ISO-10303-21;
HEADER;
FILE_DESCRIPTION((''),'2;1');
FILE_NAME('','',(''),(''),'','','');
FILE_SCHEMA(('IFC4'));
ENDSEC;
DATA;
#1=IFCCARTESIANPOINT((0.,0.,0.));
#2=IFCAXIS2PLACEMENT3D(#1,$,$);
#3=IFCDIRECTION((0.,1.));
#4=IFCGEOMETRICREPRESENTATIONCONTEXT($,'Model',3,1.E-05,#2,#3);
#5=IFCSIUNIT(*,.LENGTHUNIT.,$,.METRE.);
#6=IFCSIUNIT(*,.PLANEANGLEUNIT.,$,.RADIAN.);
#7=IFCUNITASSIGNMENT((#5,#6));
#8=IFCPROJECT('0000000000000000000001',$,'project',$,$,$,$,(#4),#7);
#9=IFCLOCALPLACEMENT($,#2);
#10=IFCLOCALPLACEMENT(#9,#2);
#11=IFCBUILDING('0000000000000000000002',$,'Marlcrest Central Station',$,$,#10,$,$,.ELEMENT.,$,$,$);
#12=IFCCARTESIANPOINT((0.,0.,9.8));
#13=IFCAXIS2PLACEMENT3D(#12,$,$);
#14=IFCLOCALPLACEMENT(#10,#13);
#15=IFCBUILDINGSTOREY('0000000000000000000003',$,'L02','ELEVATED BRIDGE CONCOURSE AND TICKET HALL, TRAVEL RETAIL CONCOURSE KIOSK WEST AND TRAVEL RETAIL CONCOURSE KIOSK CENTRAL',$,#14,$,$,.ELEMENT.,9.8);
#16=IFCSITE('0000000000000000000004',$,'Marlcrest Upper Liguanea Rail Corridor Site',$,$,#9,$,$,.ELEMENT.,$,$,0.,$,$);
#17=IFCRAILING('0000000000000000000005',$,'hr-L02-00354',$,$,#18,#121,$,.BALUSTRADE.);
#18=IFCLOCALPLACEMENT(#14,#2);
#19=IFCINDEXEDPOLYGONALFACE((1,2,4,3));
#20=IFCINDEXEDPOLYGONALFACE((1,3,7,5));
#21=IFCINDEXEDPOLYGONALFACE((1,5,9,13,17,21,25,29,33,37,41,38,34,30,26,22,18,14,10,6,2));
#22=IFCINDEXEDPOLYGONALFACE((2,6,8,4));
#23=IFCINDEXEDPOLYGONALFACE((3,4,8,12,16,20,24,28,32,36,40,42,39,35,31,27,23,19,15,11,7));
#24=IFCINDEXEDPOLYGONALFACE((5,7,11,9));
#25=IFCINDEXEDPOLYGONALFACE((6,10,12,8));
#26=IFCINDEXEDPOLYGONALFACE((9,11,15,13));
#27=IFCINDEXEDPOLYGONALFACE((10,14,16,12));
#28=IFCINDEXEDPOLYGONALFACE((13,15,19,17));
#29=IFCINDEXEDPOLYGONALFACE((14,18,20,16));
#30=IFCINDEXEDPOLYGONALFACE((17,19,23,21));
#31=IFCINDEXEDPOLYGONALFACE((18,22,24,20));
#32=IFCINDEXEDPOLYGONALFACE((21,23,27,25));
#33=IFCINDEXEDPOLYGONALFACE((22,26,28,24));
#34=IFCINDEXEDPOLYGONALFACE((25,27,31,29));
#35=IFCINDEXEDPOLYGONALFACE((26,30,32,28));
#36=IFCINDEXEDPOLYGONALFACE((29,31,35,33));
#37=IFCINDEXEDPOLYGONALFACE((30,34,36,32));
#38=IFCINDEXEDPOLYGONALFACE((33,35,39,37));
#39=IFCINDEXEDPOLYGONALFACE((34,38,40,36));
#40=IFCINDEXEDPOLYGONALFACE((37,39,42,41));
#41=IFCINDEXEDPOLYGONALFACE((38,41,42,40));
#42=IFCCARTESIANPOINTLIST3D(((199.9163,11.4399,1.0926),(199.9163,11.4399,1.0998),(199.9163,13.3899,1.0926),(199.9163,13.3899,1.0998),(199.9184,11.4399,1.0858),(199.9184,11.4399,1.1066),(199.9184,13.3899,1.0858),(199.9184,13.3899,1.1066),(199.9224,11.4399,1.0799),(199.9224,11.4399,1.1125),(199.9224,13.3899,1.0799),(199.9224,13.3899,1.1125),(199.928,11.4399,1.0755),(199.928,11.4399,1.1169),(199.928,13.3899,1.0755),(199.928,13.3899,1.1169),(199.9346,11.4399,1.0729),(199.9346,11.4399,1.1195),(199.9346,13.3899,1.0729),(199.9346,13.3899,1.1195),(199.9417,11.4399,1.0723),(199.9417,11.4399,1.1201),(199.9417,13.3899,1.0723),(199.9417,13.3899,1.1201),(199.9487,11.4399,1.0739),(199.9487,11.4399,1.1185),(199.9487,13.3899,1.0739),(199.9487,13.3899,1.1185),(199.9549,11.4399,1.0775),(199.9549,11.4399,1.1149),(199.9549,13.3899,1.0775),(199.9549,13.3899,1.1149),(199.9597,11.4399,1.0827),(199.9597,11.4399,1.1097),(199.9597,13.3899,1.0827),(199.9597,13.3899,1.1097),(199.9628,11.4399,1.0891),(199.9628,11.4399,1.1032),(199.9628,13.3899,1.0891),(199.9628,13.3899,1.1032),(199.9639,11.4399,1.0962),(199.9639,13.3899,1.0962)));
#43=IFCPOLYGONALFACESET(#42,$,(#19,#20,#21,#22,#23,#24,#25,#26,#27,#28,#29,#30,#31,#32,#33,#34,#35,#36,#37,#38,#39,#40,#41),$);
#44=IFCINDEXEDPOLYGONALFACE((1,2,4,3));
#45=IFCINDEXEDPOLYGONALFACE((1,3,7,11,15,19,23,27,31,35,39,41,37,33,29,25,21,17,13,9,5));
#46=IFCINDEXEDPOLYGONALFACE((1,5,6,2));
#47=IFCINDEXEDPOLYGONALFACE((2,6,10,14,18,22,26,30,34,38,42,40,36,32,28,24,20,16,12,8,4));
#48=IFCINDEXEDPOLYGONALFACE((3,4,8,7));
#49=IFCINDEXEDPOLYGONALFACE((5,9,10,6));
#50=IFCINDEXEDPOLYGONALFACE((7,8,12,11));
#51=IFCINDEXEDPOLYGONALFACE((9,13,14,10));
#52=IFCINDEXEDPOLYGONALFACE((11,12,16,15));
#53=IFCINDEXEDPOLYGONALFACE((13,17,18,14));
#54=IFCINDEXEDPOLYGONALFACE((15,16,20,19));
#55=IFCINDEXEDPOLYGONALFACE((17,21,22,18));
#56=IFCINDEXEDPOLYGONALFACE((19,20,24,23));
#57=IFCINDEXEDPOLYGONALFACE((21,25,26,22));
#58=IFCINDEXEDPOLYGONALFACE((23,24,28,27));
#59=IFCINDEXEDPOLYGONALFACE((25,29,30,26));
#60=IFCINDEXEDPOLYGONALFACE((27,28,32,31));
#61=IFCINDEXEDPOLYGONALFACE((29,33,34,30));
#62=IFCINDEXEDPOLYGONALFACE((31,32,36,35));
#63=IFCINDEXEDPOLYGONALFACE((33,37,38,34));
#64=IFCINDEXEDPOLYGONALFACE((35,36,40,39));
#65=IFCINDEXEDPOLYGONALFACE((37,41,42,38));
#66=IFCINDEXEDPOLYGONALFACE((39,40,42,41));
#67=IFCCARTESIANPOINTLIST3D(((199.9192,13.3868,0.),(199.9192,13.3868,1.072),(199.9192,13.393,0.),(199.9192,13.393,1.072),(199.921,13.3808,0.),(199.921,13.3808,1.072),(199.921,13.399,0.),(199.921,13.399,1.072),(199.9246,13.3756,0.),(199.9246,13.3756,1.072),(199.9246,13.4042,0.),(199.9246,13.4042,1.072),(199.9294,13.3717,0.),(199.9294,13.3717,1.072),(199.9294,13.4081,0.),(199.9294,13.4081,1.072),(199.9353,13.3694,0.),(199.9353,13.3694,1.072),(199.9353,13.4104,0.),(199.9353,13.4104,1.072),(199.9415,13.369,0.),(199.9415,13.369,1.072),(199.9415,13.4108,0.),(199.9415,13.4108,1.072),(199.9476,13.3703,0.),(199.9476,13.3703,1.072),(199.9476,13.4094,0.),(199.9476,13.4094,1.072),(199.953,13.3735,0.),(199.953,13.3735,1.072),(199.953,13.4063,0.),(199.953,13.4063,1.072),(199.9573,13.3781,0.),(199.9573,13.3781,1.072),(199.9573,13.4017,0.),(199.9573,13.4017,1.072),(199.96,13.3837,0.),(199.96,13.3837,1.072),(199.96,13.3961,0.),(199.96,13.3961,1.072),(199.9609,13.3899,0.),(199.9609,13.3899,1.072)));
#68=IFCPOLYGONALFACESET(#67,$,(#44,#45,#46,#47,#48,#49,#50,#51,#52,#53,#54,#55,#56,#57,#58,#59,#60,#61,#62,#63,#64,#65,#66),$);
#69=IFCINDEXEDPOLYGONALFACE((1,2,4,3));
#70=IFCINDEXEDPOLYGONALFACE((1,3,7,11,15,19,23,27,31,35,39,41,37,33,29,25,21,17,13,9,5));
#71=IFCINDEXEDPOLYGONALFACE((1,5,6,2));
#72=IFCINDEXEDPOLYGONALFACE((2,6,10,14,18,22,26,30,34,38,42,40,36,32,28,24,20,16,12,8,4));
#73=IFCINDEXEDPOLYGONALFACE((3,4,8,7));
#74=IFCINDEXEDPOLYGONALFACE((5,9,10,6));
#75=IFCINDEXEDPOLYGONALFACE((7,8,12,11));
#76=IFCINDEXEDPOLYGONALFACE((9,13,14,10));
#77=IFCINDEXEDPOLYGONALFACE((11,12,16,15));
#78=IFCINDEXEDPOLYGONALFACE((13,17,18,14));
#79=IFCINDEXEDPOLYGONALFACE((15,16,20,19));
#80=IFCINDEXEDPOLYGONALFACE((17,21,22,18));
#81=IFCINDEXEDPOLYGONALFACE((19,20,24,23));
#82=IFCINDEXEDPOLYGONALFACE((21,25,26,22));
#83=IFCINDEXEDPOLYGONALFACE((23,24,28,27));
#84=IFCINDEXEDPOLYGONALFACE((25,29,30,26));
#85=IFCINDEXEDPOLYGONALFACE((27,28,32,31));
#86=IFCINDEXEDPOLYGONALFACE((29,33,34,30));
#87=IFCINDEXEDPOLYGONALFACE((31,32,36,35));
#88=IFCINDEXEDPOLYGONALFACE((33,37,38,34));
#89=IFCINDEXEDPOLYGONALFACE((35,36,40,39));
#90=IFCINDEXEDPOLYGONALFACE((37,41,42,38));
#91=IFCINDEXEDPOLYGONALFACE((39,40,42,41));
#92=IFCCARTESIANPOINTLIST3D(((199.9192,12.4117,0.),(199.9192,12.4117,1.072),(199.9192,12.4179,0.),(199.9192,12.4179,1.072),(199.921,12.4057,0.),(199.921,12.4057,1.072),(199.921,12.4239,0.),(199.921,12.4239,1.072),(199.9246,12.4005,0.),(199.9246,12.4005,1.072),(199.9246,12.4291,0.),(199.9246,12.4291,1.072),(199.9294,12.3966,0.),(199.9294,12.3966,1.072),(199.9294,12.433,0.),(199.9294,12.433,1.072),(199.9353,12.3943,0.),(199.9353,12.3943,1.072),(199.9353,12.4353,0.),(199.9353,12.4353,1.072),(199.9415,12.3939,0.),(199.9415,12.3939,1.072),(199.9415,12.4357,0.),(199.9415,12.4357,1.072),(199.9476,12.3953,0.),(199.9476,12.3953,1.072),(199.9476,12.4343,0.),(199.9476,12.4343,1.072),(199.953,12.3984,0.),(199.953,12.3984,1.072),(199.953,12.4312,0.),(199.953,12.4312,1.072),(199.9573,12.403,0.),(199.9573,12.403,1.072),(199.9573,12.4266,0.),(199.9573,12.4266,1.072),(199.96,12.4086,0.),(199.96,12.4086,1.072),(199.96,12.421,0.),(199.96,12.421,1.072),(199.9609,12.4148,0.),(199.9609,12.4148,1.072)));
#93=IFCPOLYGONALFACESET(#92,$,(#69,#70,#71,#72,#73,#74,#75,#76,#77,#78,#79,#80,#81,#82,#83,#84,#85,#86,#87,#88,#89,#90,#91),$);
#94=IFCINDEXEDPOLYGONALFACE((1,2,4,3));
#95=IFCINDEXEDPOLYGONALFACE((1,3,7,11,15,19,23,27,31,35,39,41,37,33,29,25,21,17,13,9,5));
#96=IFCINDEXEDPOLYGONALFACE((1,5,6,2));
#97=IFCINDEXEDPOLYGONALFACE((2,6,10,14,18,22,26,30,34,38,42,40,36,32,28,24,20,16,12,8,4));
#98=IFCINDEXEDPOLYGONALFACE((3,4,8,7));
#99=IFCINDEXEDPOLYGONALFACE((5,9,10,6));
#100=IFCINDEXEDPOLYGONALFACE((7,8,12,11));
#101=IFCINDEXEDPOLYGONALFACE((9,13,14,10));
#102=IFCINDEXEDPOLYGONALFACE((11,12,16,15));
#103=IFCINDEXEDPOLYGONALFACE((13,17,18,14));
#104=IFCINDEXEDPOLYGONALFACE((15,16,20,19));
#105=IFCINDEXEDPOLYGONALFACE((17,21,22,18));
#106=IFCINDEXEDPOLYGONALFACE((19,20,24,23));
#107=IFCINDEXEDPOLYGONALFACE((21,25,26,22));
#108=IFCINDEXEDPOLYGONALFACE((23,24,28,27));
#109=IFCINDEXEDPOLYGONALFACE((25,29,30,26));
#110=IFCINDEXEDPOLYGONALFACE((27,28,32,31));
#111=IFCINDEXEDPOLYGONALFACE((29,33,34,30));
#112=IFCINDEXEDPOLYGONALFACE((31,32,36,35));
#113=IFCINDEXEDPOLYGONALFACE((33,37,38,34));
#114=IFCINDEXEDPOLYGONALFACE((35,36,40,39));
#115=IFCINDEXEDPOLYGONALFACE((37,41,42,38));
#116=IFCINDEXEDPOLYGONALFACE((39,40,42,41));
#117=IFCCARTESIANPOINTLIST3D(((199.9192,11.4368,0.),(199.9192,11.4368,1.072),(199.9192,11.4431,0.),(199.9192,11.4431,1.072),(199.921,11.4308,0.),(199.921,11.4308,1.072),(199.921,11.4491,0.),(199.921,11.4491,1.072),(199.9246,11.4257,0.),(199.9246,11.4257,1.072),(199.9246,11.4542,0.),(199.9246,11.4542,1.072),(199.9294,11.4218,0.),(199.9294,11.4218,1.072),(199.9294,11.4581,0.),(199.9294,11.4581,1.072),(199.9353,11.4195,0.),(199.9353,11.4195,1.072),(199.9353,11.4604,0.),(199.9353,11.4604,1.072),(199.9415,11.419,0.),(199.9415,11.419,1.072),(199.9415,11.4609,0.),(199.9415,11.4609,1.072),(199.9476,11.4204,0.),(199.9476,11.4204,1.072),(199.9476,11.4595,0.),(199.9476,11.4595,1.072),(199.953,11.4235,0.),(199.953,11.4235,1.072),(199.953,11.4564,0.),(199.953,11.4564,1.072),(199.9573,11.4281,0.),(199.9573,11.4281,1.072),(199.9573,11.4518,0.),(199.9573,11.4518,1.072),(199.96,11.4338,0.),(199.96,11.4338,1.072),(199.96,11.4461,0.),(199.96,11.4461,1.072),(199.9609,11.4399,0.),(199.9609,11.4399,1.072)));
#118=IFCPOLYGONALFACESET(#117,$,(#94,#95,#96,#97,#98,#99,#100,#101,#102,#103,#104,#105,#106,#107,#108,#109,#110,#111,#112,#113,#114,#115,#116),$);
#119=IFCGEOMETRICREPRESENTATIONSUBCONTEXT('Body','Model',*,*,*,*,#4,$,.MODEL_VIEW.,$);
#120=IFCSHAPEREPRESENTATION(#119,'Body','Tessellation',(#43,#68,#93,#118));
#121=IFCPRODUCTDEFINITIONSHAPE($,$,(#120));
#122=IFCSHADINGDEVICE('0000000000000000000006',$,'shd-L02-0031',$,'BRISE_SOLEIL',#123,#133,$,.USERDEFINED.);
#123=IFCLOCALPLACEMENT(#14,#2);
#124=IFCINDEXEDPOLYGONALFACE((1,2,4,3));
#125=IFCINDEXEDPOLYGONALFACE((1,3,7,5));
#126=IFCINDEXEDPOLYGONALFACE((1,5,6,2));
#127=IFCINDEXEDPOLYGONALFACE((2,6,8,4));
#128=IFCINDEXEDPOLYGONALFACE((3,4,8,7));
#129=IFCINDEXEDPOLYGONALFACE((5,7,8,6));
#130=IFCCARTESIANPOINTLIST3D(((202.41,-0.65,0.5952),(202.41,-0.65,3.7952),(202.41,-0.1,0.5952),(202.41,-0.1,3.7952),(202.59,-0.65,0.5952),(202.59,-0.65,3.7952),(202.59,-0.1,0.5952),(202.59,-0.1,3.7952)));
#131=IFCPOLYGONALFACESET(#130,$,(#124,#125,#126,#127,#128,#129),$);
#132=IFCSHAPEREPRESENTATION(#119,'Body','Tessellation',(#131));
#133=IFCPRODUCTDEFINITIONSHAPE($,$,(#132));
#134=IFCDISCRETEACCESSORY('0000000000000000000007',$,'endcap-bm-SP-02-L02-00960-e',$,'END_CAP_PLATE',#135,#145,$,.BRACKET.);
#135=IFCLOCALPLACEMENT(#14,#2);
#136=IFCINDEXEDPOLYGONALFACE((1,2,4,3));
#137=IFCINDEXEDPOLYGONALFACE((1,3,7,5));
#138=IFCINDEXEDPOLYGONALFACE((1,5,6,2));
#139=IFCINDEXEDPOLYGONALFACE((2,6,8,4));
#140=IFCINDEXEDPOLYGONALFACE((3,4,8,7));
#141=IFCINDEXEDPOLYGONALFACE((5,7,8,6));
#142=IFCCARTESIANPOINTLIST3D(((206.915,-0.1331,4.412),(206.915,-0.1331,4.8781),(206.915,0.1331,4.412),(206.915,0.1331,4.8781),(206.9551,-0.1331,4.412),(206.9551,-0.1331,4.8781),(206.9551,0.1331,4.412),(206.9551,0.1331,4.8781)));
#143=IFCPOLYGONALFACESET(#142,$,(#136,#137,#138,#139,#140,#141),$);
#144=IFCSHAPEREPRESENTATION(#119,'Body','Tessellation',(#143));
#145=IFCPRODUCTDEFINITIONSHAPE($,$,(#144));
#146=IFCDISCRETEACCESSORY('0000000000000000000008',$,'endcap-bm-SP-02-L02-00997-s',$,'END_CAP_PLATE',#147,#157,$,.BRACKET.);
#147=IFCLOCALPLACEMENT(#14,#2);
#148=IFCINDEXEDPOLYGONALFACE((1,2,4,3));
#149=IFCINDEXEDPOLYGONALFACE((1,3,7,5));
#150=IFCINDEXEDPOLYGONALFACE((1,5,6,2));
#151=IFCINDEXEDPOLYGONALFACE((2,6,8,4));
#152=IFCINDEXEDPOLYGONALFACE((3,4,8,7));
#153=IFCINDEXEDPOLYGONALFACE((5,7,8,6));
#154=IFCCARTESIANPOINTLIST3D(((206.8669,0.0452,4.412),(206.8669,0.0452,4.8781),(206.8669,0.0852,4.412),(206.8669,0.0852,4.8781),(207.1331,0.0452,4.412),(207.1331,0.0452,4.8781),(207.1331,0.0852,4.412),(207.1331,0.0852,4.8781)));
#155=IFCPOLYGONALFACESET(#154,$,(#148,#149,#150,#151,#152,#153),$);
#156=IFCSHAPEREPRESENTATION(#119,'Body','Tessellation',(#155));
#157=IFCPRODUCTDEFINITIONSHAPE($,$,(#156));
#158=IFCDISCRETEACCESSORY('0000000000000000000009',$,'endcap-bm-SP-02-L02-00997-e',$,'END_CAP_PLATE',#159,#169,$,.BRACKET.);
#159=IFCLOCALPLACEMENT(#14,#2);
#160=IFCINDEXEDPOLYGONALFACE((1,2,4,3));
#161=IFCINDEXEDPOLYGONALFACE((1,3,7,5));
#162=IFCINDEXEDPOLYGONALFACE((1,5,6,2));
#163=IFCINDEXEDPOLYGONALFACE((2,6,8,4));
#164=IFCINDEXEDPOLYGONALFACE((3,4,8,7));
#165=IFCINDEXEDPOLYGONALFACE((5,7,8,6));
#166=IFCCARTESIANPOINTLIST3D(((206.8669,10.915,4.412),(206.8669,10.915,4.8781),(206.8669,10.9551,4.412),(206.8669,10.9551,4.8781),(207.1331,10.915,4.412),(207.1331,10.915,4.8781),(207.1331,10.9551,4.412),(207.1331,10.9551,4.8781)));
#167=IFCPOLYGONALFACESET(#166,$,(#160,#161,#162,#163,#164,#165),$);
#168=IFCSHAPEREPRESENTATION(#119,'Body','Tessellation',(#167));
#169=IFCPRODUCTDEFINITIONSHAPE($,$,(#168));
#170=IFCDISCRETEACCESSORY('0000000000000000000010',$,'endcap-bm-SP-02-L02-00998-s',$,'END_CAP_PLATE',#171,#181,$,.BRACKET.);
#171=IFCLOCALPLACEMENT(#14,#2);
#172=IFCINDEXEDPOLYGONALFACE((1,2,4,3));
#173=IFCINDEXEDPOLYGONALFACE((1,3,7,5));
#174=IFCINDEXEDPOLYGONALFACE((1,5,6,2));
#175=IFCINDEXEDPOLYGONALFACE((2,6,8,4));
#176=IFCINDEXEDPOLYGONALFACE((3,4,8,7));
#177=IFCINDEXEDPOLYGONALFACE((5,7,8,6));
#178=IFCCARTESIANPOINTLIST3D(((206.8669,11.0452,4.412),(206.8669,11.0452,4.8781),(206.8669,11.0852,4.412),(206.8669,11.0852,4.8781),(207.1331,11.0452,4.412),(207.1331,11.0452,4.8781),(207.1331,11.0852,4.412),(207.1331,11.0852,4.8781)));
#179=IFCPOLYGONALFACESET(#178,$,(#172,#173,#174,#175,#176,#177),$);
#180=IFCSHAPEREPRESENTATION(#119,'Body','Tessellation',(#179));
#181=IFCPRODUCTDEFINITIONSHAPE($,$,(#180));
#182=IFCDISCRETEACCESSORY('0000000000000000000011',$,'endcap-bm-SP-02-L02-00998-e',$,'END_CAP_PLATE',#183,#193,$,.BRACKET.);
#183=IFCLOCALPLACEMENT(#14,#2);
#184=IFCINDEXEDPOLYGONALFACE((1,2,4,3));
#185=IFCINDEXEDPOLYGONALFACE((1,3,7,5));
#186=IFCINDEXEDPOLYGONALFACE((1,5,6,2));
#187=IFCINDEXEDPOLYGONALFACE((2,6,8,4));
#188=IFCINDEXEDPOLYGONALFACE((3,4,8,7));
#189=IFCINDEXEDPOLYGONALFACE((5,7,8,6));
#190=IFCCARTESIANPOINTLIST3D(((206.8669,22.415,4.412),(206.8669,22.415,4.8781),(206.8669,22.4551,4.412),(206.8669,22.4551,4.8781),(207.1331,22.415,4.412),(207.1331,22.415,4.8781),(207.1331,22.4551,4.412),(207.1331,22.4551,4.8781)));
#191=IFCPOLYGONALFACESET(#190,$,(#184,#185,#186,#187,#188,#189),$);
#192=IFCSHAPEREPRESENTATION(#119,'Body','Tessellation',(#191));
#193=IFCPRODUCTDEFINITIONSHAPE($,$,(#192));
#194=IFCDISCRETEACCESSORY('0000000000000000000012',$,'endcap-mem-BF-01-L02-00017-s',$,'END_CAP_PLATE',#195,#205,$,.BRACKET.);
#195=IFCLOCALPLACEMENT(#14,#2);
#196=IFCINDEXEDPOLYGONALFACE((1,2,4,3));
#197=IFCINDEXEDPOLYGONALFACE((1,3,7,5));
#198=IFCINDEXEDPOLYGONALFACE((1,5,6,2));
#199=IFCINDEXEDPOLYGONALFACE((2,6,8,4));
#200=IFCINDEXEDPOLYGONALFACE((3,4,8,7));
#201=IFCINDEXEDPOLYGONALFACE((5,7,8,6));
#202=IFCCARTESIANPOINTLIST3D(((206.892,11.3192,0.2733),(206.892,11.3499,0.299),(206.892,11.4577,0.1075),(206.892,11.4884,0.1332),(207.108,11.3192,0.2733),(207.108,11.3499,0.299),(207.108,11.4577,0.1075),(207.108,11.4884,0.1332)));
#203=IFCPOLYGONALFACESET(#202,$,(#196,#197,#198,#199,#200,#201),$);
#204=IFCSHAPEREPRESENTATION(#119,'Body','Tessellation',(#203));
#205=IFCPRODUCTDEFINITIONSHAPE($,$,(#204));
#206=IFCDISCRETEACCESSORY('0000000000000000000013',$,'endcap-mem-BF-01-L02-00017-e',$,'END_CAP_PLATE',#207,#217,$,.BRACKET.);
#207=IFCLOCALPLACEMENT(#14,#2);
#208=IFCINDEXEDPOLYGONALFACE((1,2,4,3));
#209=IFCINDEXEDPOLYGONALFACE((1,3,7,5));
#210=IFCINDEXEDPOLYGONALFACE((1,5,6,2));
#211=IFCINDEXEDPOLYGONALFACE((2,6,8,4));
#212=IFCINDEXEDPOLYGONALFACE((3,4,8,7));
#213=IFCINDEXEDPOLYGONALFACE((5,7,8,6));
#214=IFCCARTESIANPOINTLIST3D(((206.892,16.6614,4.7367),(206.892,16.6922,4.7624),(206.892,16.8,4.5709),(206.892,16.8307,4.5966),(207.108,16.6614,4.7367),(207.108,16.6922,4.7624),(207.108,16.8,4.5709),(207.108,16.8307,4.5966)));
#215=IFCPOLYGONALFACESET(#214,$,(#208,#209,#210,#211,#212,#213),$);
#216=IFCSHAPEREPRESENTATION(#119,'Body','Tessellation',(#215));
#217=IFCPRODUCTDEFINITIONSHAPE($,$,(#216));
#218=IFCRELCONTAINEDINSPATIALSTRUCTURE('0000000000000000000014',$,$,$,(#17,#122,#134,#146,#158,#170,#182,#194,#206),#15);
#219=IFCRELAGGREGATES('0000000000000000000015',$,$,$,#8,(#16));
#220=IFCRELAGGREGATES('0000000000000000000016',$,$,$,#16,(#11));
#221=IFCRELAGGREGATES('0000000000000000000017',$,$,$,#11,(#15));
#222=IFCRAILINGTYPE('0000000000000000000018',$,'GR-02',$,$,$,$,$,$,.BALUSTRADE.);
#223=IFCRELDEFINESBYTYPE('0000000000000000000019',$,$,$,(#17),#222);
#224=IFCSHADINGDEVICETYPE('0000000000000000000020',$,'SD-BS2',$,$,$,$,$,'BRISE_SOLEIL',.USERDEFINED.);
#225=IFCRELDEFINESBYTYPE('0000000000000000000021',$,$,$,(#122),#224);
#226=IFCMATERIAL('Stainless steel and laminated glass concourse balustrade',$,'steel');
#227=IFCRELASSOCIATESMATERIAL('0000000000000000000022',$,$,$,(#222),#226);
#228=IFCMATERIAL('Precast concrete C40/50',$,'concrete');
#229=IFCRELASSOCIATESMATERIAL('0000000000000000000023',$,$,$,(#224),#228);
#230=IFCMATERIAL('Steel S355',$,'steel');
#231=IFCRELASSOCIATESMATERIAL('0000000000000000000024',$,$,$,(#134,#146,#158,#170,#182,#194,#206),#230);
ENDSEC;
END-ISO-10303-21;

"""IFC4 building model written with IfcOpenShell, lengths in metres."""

from ifc_helpers import new_model, si_unit, direction, frame, origin, origin_2d, place, context, subcontext, project, spatial, rectangle, circle, extrude, material, type_object, element, save


model = new_model("IFC4")

# Units and contexts
model_context = context("Model", 3, precision=1e-05, world=origin(), true_north=direction((0.0, 1.0)))
body_context = subcontext(model_context, "Body", "Model", "MODEL_VIEW")
ifc_project = project(units=[si_unit("LENGTHUNIT", "METRE"), si_unit("PLANEANGLEUNIT", "RADIAN")], contexts=[model_context])

# Site, building, storey
site_placement = place(None, origin())
site = spatial("IfcSite", under=ifc_project, at=site_placement, Name="Marlcrest Upper Liguanea Rail Corridor Site", CompositionType="ELEMENT", RefElevation=0.0)
building_placement = place(site_placement, origin())
building = spatial("IfcBuilding", under=site, at=building_placement, Name="Marlcrest Central Station", CompositionType="ELEMENT")
storey_placement = place(building_placement, frame((0.0, 0.0, 9.8)))
storey = spatial("IfcBuildingStorey", under=building, at=storey_placement, Name="L02", Description="ELEVATED BRIDGE CONCOURSE AND TICKET HALL, TRAVEL RETAIL CONCOURSE KIOSK WEST AND TRAVEL RETAIL CONCOURSE KIOSK CENTRAL", CompositionType="ELEMENT", Elevation=9.8)

# Shared definitions
ifc_material_1 = material(Name="Steel S355", Category="steel")

# Shared definitions
ifc_material_2 = material(Name="Precast concrete C40/50", Category="concrete")

# Railing
ifc_material_3 = material(Name="Stainless steel and laminated glass concourse balustrade", Category="steel")
railing_type = type_object("IfcRailingType", Name="GR-02", PredefinedType="BALUSTRADE", material=ifc_material_3)
railing_1_placement = place(storey_placement, frame((199.9399, 13.3899, 0.0)))
element("IfcRailing", 1, at=railing_1_placement, inside=storey, type_object=railing_type, Name="hr-L02-00354", PredefinedType="BALUSTRADE", context=body_context, shape_type="SweptSolid", body=[
    extrude(circle(Radius=0.0239, at=origin_2d()), frame((0.0, 0.0, 1.0962), z_axis=(0.0, -1.0, 0.0), x_axis=(1.0, 0.0, 0.0)), (0.0, 0.0, 1.0), 1.95),
    extrude(circle(Radius=0.021, at=origin_2d()), origin(), (0.0, 0.0, 1.0), 1.072),
    extrude(circle(Radius=0.021, at=origin_2d()), frame((0.0, -0.9751, 0.0)), (0.0, 0.0, 1.0), 1.072),
    extrude(circle(Radius=0.021, at=origin_2d()), frame((0.0, -1.95, 0.0)), (0.0, 0.0, 1.0), 1.072),
])

# Shading device
shading_device_type = type_object("IfcShadingDeviceType", Name="SD-BS2", ElementType="BRISE_SOLEIL", PredefinedType="USERDEFINED", material=ifc_material_2)
shading_device_placement = place(storey_placement, frame((202.5, -0.375, 0.5952), z_axis=(0.0, 0.0, 1.0), x_axis=(1.0, 0.0, 0.0)))
element("IfcShadingDevice", 2, at=shading_device_placement, inside=storey, type_object=shading_device_type, Name="shd-L02-0031", ObjectType="BRISE_SOLEIL", PredefinedType="USERDEFINED", context=body_context, shape_type="SweptSolid", body=[
    extrude(rectangle(XDim=0.1799, YDim=0.55, at=origin_2d()), origin(), (0.0, 0.0, 1.0), 3.2),
])

# Discrete accessories
for number, where, z_axis, x_axis, name in (
    (3, (206.915, 0.0, 4.645), (1.0, 0.0, 0.0), (0.0, 1.0, 0.0), "endcap-bm-SP-02-L02-00960-e"),
    (4, (207.0, 0.0452, 4.645), (0.0, 1.0, 0.0), (-1.0, 0.0, 0.0), "endcap-bm-SP-02-L02-00997-s"),
    (5, (207.0, 10.915, 4.645), (0.0, 1.0, 0.0), (-1.0, 0.0, 0.0), "endcap-bm-SP-02-L02-00997-e"),
    (6, (207.0, 11.0452, 4.645), (0.0, 1.0, 0.0), (-1.0, 0.0, 0.0), "endcap-bm-SP-02-L02-00998-s"),
    (7, (207.0, 22.415, 4.645), (0.0, 1.0, 0.0), (-1.0, 0.0, 0.0), "endcap-bm-SP-02-L02-00998-e"),
):
    element("IfcDiscreteAccessory", number, at=place(storey_placement, frame(where, z_axis=z_axis, x_axis=x_axis)), inside=storey, material=ifc_material_1, Name=name, ObjectType="END_CAP_PLATE", PredefinedType="BRACKET", context=body_context, shape_type="SweptSolid", body=[
        extrude(rectangle(XDim=0.2661, YDim=0.4661, at=origin_2d()), origin(), (0.0, 0.0, 1.0), 0.04),
    ])
for number, where, z_axis, x_axis, name in (
    (8, (207.0, 11.3884, 0.1904), (0.0, 0.767405, 0.641162), (-1.0, 0.0, 0.0), "endcap-mem-BF-01-L02-00017-s"),
    (9, (207.0, 16.7307, 4.6538), (0.0, 0.767405, 0.641162), (-1.0, 0.0, 0.0), "endcap-mem-BF-01-L02-00017-e"),
):
    element("IfcDiscreteAccessory", number, at=place(storey_placement, frame(where, z_axis=z_axis, x_axis=x_axis)), inside=storey, material=ifc_material_1, Name=name, ObjectType="END_CAP_PLATE", PredefinedType="BRACKET", context=body_context, shape_type="SweptSolid", body=[
        extrude(rectangle(XDim=0.2161, YDim=0.2161, at=origin_2d()), origin(), (0.0, 0.0, 1.0), 0.04),
    ])

save(model, "model.ifc")
